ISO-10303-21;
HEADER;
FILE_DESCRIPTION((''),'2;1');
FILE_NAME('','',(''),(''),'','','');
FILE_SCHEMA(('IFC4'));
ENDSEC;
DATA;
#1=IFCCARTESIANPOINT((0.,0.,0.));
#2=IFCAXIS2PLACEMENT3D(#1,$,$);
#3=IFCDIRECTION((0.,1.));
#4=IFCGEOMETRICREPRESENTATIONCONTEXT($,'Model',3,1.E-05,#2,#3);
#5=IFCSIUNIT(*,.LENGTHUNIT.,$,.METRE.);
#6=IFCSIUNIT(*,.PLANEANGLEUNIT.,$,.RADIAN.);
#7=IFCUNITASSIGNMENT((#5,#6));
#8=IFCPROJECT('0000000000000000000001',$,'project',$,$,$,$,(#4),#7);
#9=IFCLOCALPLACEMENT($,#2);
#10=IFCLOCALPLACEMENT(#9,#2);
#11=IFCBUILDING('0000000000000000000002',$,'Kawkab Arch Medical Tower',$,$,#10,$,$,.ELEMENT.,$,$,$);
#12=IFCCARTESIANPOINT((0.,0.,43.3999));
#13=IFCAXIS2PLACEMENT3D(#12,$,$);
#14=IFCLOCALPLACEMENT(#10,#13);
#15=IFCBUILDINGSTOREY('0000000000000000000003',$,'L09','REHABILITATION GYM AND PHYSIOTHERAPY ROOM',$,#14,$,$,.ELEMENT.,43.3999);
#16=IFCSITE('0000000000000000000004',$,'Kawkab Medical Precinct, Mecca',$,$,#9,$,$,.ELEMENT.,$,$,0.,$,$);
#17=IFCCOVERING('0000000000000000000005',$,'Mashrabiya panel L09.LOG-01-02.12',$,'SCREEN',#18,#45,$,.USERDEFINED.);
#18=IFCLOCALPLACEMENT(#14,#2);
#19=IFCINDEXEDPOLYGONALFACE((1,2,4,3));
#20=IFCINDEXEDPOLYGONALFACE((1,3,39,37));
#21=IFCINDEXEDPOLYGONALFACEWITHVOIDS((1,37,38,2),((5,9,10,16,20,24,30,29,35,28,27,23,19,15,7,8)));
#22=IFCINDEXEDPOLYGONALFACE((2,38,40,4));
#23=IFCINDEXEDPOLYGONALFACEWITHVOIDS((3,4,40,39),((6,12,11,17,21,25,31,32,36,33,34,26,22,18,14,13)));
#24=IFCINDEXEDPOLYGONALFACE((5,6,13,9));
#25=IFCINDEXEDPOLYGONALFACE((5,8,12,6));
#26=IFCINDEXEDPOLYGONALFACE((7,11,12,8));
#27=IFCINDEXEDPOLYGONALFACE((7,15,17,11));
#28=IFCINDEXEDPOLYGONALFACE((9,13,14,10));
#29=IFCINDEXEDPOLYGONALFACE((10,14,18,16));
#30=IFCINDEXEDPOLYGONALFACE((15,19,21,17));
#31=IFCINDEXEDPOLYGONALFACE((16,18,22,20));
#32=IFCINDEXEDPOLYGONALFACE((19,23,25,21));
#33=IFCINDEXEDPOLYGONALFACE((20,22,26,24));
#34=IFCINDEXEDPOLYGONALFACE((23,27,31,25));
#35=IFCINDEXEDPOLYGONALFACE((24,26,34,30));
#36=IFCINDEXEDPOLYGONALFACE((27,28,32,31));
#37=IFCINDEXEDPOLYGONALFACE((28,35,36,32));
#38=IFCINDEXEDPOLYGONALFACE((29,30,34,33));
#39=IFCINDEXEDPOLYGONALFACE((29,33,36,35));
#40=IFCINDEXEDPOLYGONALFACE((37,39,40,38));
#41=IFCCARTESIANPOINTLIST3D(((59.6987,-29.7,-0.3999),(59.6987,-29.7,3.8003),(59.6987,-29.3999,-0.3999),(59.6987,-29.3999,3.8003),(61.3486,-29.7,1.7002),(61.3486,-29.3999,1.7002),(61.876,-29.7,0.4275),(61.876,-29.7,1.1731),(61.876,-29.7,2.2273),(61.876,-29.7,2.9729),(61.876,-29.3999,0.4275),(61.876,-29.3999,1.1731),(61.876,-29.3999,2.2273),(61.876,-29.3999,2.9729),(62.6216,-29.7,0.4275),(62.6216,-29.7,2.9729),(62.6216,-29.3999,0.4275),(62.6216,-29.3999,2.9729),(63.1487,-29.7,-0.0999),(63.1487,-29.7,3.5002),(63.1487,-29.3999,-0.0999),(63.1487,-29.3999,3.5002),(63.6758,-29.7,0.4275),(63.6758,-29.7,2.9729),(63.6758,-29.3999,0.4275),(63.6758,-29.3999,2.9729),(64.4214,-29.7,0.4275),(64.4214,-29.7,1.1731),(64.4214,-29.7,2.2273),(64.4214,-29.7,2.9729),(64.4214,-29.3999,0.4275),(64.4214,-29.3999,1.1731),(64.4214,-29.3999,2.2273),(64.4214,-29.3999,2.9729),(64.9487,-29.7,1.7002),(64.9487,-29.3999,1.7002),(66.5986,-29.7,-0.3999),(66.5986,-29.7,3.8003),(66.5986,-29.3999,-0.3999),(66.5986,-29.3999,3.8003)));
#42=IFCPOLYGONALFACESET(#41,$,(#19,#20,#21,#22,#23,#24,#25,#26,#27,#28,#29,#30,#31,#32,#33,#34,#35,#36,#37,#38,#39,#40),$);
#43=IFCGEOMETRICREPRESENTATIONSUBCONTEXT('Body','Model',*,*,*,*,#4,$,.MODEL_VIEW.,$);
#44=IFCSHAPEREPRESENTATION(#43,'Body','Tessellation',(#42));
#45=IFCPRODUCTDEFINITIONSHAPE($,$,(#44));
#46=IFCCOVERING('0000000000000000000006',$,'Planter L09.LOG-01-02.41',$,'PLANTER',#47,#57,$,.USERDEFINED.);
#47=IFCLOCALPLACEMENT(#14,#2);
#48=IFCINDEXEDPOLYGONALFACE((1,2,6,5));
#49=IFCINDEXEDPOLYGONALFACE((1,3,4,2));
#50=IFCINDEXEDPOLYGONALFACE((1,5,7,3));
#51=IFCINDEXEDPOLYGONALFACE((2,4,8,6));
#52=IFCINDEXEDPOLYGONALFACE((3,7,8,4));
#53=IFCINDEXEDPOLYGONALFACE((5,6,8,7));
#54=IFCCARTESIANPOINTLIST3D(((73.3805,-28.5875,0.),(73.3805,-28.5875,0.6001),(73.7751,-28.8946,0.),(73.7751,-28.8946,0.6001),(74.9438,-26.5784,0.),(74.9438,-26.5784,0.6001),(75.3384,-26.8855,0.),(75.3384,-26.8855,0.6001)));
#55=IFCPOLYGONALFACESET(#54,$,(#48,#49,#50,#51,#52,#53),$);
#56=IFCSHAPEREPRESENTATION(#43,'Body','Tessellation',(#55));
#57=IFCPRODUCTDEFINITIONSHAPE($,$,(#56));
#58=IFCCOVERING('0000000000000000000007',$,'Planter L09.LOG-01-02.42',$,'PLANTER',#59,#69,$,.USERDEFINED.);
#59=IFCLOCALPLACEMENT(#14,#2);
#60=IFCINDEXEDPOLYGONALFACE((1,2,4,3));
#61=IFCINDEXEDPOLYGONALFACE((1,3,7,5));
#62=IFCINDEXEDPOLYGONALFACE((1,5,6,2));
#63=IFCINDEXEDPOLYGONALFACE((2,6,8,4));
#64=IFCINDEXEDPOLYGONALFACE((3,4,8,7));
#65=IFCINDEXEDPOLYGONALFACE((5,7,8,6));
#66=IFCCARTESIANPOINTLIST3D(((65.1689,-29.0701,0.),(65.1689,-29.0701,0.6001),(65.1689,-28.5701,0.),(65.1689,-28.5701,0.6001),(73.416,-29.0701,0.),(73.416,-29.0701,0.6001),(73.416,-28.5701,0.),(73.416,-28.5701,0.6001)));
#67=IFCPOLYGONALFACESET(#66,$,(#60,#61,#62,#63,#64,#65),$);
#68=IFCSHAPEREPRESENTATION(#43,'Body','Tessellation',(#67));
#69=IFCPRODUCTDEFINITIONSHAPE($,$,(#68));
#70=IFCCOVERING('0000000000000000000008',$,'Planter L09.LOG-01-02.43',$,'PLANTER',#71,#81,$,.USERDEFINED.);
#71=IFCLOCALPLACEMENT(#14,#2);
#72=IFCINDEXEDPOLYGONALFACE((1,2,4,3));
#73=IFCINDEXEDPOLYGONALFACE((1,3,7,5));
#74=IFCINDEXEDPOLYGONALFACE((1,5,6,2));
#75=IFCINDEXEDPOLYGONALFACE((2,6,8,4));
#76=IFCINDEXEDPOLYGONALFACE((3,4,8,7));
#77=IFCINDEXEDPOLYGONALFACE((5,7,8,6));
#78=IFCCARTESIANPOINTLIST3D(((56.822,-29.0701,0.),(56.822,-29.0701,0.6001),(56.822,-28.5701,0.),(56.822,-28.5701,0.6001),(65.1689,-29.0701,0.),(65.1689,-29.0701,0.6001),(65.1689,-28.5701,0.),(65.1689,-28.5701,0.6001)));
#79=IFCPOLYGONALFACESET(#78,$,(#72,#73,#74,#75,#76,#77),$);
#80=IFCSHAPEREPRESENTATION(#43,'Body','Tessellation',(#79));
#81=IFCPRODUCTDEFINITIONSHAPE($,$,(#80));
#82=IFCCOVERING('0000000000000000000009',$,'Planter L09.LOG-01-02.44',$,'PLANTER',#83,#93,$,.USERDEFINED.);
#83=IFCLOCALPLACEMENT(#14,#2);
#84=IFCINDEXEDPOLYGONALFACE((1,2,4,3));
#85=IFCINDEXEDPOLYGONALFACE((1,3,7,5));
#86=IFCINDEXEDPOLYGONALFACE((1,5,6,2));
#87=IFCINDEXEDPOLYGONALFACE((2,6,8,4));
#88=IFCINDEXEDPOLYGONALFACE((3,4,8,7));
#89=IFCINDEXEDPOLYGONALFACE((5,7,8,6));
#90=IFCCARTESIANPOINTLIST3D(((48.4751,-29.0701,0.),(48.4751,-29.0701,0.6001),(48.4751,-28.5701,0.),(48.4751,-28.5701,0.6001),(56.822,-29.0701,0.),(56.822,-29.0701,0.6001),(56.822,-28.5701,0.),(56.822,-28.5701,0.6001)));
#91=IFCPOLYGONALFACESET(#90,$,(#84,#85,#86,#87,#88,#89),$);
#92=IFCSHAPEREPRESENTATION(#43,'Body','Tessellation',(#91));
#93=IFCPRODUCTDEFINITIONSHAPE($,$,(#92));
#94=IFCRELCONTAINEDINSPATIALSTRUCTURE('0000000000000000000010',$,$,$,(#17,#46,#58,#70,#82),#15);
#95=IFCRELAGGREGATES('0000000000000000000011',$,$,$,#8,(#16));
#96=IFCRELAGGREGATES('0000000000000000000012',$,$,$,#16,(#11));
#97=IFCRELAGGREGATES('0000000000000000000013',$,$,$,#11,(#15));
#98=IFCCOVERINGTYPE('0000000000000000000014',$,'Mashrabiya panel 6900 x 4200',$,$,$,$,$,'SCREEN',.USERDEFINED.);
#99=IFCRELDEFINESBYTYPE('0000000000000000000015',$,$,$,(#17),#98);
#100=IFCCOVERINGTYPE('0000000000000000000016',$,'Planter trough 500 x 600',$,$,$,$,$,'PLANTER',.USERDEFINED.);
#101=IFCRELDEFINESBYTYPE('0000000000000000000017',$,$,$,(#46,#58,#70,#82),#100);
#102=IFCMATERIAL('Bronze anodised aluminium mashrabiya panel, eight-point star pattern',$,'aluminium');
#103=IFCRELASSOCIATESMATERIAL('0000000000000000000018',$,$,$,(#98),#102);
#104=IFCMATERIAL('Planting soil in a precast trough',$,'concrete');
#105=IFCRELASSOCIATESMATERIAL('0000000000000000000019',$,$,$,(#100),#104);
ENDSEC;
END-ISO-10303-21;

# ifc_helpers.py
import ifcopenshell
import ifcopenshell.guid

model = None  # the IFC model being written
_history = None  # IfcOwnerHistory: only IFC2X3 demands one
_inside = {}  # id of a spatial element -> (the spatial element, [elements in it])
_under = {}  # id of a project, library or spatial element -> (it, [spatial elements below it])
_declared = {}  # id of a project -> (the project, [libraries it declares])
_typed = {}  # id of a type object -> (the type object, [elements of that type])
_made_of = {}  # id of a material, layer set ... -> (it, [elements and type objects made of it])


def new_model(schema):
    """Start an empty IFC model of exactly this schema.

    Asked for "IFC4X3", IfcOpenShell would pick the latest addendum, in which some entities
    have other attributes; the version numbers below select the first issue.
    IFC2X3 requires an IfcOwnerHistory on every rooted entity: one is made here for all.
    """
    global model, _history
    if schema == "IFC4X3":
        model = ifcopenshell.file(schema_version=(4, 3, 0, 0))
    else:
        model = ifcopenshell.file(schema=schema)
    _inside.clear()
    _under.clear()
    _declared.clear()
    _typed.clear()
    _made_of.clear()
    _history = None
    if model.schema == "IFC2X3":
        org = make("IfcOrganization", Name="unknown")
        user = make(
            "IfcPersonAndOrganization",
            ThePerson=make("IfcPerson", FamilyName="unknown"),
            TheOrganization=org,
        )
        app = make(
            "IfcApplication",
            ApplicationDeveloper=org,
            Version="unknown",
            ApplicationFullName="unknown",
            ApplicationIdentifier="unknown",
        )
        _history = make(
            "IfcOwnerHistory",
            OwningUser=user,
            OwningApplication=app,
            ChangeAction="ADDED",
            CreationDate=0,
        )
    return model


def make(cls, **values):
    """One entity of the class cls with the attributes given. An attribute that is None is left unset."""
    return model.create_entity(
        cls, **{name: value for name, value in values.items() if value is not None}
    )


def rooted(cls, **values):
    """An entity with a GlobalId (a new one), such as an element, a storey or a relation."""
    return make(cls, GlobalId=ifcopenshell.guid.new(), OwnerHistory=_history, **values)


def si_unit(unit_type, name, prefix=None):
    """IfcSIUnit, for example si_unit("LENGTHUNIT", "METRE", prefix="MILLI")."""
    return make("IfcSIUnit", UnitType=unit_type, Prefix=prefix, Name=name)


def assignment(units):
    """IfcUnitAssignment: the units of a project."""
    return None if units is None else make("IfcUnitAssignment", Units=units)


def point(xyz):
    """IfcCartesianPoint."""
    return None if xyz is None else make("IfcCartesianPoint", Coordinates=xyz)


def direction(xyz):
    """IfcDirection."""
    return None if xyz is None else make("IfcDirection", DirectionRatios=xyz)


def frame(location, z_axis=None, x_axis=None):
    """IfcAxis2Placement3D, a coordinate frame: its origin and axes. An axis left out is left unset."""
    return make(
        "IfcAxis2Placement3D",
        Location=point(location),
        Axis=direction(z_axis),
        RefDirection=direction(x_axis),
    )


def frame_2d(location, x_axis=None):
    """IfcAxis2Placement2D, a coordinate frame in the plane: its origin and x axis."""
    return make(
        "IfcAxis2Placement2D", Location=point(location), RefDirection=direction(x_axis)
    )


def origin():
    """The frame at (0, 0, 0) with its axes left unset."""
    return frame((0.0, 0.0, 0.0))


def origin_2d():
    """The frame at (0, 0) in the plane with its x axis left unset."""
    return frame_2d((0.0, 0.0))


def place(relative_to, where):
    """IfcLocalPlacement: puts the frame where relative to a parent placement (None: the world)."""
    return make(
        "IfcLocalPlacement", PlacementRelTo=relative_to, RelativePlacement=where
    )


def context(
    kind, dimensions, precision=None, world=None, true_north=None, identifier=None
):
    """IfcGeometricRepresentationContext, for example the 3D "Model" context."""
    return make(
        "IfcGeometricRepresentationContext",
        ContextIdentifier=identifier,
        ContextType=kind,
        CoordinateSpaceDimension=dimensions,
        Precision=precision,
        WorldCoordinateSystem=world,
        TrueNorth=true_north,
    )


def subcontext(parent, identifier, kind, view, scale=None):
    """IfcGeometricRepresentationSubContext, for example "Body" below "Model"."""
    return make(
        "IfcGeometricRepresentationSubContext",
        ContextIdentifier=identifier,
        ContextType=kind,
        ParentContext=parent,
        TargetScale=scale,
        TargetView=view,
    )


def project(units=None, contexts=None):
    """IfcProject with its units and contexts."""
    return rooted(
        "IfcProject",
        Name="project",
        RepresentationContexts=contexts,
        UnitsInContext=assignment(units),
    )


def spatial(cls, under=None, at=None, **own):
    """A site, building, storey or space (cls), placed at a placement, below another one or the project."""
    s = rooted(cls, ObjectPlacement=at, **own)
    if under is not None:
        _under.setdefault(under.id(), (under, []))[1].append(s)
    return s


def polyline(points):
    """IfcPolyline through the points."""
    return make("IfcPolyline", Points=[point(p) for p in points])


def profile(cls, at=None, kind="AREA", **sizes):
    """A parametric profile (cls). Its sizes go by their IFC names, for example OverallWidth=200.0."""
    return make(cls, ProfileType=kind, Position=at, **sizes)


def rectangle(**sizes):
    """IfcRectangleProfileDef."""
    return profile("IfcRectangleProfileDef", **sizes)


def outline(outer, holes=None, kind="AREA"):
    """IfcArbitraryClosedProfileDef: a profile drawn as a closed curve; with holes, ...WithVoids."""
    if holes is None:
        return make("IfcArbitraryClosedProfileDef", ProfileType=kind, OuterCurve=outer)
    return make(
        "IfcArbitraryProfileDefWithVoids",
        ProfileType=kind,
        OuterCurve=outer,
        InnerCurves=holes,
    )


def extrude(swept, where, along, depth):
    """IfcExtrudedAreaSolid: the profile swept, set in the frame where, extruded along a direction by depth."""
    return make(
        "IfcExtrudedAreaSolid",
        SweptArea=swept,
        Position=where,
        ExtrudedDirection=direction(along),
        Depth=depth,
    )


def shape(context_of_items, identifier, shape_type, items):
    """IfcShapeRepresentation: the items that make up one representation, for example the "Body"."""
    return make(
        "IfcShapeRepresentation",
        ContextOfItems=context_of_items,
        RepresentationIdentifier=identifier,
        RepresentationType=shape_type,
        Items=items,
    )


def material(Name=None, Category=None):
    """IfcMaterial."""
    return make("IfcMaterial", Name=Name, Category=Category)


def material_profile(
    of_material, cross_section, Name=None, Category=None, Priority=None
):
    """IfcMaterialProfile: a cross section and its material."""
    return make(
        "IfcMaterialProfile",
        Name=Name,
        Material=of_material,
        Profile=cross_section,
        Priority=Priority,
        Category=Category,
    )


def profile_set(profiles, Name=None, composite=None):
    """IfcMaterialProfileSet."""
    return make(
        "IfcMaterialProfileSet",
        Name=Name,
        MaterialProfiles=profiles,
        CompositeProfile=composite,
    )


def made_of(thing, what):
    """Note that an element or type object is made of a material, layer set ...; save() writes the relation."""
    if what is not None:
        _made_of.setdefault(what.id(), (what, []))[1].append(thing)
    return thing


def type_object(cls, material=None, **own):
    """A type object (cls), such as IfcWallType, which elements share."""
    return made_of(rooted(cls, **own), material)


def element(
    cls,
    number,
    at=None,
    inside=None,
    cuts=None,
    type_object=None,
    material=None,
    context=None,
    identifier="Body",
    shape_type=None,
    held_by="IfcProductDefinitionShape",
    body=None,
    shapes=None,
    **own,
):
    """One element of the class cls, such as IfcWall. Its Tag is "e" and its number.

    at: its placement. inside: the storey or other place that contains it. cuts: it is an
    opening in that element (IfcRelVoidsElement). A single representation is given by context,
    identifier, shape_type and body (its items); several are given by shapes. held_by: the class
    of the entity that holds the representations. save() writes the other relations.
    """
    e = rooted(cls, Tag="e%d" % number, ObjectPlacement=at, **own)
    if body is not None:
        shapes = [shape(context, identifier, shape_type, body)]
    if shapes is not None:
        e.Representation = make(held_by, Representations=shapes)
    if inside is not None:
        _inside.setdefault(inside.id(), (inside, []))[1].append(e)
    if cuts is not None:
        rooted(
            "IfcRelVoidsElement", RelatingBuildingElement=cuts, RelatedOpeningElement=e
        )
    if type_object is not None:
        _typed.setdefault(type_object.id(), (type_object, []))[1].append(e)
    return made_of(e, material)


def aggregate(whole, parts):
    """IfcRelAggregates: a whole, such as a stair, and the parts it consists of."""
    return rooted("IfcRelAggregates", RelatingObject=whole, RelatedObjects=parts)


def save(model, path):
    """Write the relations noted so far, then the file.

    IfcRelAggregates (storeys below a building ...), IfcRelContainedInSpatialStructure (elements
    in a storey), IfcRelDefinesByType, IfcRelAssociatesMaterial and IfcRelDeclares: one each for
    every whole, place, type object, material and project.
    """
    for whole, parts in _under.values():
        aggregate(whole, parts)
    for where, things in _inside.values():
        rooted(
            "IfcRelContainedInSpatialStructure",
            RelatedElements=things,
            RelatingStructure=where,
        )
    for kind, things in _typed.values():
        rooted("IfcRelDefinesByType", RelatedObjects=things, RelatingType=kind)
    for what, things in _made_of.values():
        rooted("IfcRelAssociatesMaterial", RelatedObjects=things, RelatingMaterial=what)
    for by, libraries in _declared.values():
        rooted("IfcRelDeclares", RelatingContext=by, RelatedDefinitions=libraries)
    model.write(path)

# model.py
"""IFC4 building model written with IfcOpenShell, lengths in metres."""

from ifc_helpers import new_model, si_unit, direction, frame, origin, origin_2d, place, context, subcontext, project, spatial, polyline, rectangle, outline, extrude, material, material_profile, profile_set, type_object, element, save


model = new_model("IFC4")

# Units and contexts
model_context = context("Model", 3, precision=1e-05, world=origin(), true_north=direction((0.0, 1.0)))
body_context = subcontext(model_context, "Body", "Model", "MODEL_VIEW")
ifc_project = project(units=[si_unit("LENGTHUNIT", "METRE"), si_unit("PLANEANGLEUNIT", "RADIAN")], contexts=[model_context])

# Site, building, storey
site_placement = place(None, origin())
site = spatial("IfcSite", under=ifc_project, at=site_placement, Name="Kawkab Medical Precinct, Mecca", CompositionType="ELEMENT", RefElevation=0.0)
building_placement = place(site_placement, origin())
building = spatial("IfcBuilding", under=site, at=building_placement, Name="Kawkab Arch Medical Tower", CompositionType="ELEMENT")
storey_placement = place(building_placement, frame((0.0, 0.0, 43.3999)))
storey = spatial("IfcBuildingStorey", under=building, at=storey_placement, Name="L09", Description="REHABILITATION GYM AND PHYSIOTHERAPY ROOM", CompositionType="ELEMENT", Elevation=43.3999)

# Coverings
ifc_material_1 = material(Name="Bronze anodised aluminium mashrabiya panel, eight-point star pattern", Category="aluminium")
ifc_material_profile_1 = material_profile(ifc_material_1, outline(polyline([(-3.45, -2.1001), (3.45, -2.1001), (3.45, 2.1001), (-3.45, 2.1001), (-3.45, -2.1001)]), holes=[polyline([(1.8, 0.0), (1.2727, 0.5271), (1.2727, 1.2727), (0.5271, 1.2727), (0.0, 1.8), (-0.5271, 1.2727), (-1.2727, 1.2727), (-1.2727, 0.5271), (-1.8, 0.0), (-1.2727, -0.5271), (-1.2727, -1.2727), (-0.5271, -1.2727), (0.0, -1.8), (0.5271, -1.2727), (1.2727, -1.2727), (1.2727, -0.5271), (1.8, 0.0)])]), Name="Mashrabiya panel 6900x4200")
ifc_profile_set_1 = profile_set([ifc_material_profile_1], Name="Bronze anodised aluminium mashrabiya panel, eight-point star pattern")
covering_type_1 = type_object("IfcCoveringType", Name="Mashrabiya panel 6900 x 4200", ElementType="SCREEN", PredefinedType="USERDEFINED", material=ifc_profile_set_1)
covering_1_placement = place(storey_placement, frame((63.1487, -29.3999, 1.7002), z_axis=(0.0, -1.0, 0.0), x_axis=(1.0, 0.0, 0.0)))
element("IfcCovering", 1, at=covering_1_placement, inside=storey, type_object=covering_type_1, Name="Mashrabiya panel L09.LOG-01-02.12", ObjectType="SCREEN", PredefinedType="USERDEFINED", context=body_context, shape_type="SweptSolid", body=[
    extrude(outline(polyline([(-3.45, -2.1001), (3.45, -2.1001), (3.45, 2.1001), (-3.45, 2.1001), (-3.45, -2.1001)]), holes=[polyline([(1.8, 0.0), (1.2727, 0.5271), (1.2727, 1.2727), (0.5271, 1.2727), (0.0, 1.8), (-0.5271, 1.2727), (-1.2727, 1.2727), (-1.2727, 0.5271), (-1.8, 0.0), (-1.2727, -0.5271), (-1.2727, -1.2727), (-0.5271, -1.2727), (0.0, -1.8), (0.5271, -1.2727), (1.2727, -1.2727), (1.2727, -0.5271), (1.8, 0.0)])]), origin(), (0.0, 0.0, 1.0), 0.3),
])
ifc_material_2 = material(Name="Planting soil in a precast trough", Category="concrete")
ifc_material_profile_2 = material_profile(ifc_material_2, rectangle(XDim=0.5, YDim=0.6001, at=origin_2d()), Name="Trough 500x600")
ifc_profile_set_2 = profile_set([ifc_material_profile_2], Name="Planting soil in a precast trough")
covering_type_2 = type_object("IfcCoveringType", Name="Planter trough 500 x 600", ElementType="PLANTER", PredefinedType="USERDEFINED", material=ifc_profile_set_2)
covering_2_placement = place(storey_placement, frame((75.1411, -26.7319, 0.3), z_axis=(-0.6141, -0.789228, 0.0), x_axis=(0.789228, -0.6141, 0.0)))
element("IfcCovering", 2, at=covering_2_placement, inside=storey, type_object=covering_type_2, Name="Planter L09.LOG-01-02.41", ObjectType="PLANTER", PredefinedType="USERDEFINED", context=body_context, shape_type="SweptSolid", body=[
    extrude(rectangle(XDim=0.5, YDim=0.6001, at=origin_2d()), origin(), (0.0, 0.0, 1.0), 2.5457),
])
covering_3_placement = place(storey_placement, frame((73.416, -28.8201, 0.3), z_axis=(-1.0, 0.0, 0.0), x_axis=(0.0, -1.0, 0.0)))
element("IfcCovering", 3, at=covering_3_placement, inside=storey, type_object=covering_type_2, Name="Planter L09.LOG-01-02.42", ObjectType="PLANTER", PredefinedType="USERDEFINED", context=body_context, shape_type="SweptSolid", body=[
    extrude(rectangle(XDim=0.5, YDim=0.6001, at=origin_2d()), origin(), (0.0, 0.0, 1.0), 8.2471),
])
for number, where, z_axis, x_axis, name in (
    (4, (65.1689, -28.8201, 0.3), (-1.0, 0.0, 0.0), (0.0, -1.0, 0.0), "Planter L09.LOG-01-02.43"),
    (5, (56.822, -28.8201, 0.3), (-1.0, 0.0, 0.0), (0.0, -1.0, 0.0), "Planter L09.LOG-01-02.44"),
):
    element("IfcCovering", number, at=place(storey_placement, frame(where, z_axis=z_axis, x_axis=x_axis)), inside=storey, type_object=covering_type_2, Name=name, ObjectType="PLANTER", PredefinedType="USERDEFINED", context=body_context, shape_type="SweptSolid", body=[
        extrude(rectangle(XDim=0.5, YDim=0.6001, at=origin_2d()), origin(), (0.0, 0.0, 1.0), 8.3469),
    ])

save(model, "model.ifc")
